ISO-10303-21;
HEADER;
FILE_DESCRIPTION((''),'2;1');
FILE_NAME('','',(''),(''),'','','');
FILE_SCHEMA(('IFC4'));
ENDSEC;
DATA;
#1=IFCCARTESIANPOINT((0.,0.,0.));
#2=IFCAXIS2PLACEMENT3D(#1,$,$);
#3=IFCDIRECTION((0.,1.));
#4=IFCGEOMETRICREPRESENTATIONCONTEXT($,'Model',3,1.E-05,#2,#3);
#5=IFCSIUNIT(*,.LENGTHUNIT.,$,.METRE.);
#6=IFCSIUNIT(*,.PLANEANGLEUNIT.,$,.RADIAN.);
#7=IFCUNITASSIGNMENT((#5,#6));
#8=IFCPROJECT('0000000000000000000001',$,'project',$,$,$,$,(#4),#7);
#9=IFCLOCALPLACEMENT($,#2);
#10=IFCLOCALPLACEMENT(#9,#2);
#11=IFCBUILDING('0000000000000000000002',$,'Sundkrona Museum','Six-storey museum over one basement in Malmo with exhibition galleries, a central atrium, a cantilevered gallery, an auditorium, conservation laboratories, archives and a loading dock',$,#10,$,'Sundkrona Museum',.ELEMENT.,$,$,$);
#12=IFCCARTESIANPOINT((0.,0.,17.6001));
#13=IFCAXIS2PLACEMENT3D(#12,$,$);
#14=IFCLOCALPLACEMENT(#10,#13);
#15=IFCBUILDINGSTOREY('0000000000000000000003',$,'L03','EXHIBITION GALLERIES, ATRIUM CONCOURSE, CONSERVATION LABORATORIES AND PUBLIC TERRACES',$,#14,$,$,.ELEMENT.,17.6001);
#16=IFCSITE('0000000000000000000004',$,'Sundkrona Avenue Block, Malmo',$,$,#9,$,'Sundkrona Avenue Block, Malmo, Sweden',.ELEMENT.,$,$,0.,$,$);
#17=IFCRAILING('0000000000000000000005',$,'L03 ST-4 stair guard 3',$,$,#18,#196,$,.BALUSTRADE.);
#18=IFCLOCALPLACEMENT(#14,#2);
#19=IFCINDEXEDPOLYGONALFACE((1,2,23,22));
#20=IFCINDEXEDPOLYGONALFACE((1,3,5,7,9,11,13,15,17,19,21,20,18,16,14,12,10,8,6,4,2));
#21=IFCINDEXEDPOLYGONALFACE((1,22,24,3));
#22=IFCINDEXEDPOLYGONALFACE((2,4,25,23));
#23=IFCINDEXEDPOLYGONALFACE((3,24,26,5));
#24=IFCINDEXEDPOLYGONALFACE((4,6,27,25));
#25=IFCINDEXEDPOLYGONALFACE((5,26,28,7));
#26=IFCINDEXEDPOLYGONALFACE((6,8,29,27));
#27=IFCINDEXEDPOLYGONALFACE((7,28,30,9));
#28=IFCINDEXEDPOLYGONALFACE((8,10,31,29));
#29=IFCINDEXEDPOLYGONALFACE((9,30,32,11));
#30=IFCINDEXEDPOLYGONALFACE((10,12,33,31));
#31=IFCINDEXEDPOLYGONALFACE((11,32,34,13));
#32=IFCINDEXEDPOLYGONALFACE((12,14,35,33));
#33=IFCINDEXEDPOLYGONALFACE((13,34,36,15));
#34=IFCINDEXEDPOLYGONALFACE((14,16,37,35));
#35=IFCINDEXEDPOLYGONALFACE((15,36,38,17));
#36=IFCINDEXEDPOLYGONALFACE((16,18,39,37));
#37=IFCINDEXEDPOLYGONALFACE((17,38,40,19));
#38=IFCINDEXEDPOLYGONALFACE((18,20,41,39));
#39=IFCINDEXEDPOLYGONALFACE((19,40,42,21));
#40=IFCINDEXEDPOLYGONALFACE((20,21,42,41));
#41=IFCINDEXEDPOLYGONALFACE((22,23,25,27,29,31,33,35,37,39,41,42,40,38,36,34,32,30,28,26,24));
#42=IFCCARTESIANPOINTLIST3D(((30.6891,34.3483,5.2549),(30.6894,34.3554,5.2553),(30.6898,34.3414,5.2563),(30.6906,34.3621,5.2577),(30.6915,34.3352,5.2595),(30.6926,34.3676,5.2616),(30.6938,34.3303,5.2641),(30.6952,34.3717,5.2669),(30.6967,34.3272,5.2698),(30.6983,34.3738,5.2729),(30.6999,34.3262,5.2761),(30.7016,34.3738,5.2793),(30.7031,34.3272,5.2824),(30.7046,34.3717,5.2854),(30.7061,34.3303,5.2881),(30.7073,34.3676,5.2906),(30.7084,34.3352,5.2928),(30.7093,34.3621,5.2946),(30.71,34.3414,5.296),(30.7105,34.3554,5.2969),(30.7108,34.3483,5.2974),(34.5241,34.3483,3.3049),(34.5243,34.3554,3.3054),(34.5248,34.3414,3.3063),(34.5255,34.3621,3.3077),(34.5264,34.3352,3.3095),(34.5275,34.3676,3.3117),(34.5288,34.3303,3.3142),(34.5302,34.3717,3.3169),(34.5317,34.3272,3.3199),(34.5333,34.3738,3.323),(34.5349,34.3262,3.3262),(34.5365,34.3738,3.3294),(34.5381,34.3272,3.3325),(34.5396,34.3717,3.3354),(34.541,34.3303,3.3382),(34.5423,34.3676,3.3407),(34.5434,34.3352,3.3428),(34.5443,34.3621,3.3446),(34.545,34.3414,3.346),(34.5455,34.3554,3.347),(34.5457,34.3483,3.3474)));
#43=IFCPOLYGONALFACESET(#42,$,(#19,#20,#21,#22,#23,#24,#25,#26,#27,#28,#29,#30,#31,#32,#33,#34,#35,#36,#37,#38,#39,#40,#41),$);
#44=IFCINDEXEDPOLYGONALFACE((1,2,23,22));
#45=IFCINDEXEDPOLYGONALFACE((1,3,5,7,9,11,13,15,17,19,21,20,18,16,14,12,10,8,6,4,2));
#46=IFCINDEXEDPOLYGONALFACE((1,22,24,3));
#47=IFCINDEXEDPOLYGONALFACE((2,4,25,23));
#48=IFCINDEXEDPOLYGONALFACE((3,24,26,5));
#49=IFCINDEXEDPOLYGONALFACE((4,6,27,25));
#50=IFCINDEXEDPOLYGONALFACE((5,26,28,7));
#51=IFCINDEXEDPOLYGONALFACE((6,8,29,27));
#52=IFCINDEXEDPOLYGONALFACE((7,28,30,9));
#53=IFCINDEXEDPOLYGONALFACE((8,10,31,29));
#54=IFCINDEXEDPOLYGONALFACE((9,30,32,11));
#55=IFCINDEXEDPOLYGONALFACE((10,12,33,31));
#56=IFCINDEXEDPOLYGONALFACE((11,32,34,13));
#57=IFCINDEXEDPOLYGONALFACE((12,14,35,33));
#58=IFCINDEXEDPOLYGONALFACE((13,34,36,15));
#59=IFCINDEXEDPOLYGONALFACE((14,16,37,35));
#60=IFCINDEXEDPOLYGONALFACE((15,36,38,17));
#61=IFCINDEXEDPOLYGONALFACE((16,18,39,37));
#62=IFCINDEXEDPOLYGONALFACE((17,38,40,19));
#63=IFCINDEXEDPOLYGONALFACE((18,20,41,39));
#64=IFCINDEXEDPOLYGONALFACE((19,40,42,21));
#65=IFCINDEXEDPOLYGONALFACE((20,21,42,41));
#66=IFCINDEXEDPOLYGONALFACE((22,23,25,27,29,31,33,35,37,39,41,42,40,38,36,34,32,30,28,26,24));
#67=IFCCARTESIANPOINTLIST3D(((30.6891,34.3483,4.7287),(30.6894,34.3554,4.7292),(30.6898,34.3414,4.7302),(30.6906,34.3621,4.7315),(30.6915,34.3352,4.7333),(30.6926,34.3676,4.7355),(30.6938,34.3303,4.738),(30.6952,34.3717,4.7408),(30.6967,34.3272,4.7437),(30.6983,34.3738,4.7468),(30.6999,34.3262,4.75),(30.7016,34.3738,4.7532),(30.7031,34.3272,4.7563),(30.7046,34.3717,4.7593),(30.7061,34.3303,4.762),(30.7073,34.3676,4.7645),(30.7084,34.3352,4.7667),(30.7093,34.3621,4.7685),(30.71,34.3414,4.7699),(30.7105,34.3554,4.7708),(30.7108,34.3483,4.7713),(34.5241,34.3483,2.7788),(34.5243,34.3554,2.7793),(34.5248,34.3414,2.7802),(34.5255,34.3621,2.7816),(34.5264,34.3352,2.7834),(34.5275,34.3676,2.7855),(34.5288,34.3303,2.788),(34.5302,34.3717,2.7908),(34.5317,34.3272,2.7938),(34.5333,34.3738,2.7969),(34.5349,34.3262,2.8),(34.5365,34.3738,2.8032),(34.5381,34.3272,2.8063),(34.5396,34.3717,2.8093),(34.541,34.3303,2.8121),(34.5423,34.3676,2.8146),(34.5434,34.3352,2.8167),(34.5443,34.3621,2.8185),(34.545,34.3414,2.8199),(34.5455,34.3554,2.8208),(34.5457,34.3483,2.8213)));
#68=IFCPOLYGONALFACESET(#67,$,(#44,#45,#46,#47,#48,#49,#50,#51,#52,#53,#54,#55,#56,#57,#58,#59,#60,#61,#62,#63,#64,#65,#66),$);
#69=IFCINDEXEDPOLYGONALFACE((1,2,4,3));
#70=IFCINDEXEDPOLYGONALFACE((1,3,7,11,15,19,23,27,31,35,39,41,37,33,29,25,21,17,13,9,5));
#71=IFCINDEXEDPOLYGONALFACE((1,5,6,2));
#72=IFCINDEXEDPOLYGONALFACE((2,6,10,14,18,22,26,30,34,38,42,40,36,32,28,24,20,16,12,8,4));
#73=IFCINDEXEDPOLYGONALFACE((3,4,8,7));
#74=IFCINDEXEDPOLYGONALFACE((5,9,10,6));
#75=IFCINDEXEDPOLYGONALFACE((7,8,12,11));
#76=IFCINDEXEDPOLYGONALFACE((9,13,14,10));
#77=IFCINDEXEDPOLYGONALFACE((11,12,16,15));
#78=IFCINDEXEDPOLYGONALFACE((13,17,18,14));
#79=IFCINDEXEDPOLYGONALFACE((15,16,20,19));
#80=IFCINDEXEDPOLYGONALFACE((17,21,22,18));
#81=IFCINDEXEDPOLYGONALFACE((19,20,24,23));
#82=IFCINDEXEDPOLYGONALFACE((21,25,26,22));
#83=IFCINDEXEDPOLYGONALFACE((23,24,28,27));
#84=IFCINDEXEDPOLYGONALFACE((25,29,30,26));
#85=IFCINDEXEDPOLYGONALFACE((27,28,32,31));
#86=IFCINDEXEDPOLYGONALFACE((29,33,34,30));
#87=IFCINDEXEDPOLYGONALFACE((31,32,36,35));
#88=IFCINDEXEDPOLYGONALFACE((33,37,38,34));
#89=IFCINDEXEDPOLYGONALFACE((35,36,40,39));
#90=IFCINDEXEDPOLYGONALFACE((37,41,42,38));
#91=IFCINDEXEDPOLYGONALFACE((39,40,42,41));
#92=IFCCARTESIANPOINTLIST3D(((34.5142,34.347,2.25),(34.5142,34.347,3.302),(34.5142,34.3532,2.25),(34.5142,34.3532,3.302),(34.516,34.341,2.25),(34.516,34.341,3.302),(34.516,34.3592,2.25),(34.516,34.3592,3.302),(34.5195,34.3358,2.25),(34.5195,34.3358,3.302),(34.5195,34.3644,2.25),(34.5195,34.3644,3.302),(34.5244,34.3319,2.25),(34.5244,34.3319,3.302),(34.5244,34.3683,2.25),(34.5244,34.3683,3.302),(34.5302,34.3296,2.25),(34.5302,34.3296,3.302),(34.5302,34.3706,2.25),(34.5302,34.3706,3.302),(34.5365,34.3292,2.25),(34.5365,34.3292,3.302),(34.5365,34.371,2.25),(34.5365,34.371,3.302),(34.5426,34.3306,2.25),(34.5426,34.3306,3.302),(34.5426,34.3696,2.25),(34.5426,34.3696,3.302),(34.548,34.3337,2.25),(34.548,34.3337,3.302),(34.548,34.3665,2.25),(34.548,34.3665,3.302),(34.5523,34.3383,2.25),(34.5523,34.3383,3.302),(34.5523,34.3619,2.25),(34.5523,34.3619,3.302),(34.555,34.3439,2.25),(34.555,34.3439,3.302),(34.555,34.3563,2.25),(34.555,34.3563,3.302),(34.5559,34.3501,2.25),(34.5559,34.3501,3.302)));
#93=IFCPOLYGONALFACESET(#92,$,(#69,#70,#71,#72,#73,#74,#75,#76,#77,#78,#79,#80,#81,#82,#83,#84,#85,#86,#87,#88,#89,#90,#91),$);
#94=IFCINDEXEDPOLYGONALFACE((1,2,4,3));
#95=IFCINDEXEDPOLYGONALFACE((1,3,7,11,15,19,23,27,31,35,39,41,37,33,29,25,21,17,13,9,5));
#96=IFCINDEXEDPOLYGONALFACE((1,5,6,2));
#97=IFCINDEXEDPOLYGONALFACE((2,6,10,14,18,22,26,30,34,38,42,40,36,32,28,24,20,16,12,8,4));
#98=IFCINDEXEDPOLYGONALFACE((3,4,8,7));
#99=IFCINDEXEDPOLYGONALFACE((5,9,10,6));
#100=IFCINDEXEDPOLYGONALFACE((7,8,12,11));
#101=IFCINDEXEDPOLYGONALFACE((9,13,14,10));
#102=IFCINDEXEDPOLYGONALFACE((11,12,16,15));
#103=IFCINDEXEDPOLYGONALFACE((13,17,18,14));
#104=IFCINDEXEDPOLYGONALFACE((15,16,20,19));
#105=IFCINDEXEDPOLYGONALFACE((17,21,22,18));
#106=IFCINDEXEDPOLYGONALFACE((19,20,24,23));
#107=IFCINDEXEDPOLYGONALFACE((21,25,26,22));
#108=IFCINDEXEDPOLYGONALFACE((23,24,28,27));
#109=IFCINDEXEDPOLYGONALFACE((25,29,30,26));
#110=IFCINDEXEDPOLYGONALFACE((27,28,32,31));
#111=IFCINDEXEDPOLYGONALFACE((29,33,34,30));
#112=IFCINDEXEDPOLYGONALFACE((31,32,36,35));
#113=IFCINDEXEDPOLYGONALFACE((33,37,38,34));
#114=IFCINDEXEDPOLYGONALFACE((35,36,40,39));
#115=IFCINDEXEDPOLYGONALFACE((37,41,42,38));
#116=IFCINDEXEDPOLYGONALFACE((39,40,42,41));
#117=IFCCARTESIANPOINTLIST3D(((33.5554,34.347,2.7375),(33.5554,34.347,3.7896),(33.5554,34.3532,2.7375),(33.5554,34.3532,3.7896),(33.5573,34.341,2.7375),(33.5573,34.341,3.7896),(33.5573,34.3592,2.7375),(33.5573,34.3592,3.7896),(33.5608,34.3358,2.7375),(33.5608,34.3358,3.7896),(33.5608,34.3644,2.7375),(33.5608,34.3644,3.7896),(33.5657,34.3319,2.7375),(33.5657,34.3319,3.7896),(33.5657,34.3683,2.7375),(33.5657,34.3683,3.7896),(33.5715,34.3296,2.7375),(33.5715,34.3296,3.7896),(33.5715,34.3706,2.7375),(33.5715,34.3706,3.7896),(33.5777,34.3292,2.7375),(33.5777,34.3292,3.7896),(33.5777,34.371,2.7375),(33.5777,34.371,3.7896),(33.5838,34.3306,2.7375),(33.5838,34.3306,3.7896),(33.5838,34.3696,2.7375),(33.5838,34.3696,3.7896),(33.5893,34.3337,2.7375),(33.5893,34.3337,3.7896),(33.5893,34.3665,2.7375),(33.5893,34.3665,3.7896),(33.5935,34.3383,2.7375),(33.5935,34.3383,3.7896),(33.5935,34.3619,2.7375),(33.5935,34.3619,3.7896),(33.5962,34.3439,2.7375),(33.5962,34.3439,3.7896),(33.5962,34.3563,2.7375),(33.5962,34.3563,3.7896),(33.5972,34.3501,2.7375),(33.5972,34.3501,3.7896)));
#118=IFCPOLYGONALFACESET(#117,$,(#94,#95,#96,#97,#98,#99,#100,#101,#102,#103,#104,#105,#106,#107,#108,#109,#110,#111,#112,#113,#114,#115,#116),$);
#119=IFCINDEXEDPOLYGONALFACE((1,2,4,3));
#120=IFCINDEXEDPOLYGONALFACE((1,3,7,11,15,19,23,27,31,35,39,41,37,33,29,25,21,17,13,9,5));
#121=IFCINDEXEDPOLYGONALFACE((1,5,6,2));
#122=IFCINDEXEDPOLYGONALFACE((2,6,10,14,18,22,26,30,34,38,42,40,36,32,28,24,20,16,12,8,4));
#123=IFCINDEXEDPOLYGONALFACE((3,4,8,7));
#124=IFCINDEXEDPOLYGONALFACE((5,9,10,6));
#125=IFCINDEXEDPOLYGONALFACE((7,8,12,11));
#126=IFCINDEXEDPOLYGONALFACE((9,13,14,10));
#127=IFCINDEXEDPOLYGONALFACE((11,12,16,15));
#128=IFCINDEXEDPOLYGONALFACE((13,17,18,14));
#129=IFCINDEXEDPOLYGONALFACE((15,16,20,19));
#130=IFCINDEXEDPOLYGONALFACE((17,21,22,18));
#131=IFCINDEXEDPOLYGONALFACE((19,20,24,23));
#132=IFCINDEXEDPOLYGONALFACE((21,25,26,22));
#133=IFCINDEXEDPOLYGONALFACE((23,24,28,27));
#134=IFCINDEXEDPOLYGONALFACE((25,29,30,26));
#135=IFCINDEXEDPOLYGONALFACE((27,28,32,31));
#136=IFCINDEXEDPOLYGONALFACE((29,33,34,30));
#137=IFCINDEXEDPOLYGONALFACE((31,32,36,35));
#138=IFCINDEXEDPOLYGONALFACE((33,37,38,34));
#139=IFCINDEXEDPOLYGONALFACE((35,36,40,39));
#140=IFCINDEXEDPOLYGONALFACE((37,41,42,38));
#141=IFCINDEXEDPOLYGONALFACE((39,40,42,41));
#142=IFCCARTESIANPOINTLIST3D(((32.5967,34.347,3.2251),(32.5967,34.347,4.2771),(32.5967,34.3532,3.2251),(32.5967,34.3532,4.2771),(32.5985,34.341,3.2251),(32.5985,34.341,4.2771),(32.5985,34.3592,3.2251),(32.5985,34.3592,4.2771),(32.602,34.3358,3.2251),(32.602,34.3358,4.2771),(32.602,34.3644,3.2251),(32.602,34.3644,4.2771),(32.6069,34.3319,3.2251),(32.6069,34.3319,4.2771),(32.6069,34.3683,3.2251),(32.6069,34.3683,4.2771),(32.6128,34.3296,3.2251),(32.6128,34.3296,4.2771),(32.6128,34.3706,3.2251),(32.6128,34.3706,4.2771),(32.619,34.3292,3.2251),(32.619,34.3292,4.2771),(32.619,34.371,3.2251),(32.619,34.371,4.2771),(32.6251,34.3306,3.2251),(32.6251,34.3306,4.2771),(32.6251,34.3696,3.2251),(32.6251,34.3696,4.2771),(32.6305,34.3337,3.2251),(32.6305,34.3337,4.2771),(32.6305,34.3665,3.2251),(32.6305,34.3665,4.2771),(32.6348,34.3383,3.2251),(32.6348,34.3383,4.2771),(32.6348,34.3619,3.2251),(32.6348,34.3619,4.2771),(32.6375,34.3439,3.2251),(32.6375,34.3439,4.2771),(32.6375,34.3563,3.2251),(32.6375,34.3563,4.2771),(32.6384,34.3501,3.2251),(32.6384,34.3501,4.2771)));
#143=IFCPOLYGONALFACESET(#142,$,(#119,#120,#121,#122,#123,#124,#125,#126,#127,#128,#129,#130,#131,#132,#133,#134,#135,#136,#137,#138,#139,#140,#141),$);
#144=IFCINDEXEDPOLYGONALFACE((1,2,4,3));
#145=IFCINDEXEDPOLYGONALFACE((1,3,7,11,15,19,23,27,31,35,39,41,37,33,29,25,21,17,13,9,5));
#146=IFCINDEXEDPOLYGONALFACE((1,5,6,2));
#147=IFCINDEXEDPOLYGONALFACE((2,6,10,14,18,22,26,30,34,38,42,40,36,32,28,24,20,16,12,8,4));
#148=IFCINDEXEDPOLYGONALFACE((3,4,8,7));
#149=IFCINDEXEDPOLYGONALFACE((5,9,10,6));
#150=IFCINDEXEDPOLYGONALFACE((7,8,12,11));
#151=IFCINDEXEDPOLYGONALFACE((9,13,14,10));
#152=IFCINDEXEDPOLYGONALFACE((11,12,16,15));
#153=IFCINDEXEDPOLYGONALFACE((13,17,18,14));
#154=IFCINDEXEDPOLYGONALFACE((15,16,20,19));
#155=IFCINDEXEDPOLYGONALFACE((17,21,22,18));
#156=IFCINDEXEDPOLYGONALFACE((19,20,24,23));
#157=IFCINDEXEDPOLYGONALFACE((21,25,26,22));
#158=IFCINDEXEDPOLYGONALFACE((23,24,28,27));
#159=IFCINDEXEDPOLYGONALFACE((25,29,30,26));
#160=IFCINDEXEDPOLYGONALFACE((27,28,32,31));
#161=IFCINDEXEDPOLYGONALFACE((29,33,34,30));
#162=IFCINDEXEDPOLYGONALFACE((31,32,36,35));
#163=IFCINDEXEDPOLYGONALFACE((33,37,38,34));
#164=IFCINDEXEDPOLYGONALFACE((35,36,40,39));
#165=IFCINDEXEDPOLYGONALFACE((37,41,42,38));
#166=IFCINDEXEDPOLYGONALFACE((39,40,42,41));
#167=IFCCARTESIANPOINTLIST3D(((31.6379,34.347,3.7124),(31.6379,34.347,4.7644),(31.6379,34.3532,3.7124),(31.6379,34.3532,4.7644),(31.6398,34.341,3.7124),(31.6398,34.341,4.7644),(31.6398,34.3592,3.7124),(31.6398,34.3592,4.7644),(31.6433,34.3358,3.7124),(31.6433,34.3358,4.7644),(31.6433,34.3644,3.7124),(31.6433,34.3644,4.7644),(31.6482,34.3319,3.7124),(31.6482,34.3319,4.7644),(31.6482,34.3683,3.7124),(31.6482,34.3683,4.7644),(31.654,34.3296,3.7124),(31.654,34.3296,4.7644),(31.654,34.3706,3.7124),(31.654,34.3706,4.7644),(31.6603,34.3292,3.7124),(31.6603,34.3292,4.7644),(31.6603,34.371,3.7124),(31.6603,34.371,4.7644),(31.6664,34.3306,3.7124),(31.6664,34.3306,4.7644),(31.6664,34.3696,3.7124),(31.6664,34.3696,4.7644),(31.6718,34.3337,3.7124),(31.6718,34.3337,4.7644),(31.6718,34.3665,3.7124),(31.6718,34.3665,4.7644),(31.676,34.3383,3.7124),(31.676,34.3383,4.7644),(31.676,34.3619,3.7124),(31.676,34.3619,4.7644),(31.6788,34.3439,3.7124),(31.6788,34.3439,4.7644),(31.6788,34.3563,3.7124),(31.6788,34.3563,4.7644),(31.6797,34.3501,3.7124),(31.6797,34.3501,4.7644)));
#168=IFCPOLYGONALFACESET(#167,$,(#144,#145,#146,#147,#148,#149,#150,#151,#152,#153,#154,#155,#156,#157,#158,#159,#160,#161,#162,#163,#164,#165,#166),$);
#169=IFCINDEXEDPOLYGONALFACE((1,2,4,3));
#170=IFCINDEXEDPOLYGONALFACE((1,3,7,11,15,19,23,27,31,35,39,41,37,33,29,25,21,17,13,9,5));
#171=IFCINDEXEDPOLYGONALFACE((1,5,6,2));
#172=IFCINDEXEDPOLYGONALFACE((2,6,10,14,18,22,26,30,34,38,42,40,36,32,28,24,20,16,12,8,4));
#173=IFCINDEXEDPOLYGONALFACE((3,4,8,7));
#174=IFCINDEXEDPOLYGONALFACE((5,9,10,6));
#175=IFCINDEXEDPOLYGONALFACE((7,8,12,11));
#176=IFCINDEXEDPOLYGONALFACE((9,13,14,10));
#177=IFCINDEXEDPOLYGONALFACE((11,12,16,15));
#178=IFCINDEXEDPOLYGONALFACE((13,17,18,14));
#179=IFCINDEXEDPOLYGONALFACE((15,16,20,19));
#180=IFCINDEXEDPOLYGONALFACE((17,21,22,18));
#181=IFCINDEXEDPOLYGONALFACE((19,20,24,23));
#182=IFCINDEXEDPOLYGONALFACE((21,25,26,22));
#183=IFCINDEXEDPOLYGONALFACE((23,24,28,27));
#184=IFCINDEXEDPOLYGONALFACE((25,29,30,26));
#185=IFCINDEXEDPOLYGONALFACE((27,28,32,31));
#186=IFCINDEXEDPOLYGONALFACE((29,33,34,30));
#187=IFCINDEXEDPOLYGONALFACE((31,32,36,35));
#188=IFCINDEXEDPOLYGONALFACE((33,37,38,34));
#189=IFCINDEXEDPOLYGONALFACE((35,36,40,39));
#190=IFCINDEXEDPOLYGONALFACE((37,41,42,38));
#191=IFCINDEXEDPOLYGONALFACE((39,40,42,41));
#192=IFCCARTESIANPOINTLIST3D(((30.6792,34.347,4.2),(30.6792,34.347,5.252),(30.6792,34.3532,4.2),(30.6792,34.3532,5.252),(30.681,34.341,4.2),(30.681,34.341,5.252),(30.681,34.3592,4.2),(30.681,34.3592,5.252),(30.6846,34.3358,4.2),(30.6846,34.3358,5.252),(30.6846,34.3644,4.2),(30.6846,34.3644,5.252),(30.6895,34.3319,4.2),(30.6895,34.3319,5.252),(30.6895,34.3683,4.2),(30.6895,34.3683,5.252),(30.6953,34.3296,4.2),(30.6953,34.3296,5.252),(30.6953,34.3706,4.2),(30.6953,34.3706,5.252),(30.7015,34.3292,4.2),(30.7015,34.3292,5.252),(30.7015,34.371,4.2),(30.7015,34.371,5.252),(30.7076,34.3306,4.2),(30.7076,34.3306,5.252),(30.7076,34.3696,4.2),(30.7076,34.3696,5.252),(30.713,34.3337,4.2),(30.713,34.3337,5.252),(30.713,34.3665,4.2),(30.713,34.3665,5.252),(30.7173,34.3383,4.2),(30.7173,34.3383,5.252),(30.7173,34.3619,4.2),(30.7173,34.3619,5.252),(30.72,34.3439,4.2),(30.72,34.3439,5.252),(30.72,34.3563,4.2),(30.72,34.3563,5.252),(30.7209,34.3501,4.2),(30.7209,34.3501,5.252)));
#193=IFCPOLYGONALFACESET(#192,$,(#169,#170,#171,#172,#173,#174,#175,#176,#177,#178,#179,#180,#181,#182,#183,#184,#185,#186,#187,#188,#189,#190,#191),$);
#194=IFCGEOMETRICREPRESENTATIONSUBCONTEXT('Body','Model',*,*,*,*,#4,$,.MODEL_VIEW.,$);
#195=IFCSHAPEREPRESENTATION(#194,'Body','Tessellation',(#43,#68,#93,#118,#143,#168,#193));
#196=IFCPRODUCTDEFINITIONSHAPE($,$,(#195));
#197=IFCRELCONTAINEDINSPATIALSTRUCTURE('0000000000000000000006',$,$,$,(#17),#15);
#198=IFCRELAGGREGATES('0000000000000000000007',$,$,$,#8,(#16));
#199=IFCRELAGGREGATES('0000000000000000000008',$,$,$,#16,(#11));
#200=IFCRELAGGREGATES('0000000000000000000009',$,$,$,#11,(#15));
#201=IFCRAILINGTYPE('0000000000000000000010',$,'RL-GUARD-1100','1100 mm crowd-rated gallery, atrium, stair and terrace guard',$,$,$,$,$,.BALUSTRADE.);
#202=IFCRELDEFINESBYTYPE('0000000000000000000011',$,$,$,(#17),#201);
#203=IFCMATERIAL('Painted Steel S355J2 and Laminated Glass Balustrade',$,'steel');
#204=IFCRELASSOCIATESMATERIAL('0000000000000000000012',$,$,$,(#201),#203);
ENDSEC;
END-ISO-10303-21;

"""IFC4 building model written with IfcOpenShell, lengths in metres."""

from ifc_helpers import new_model, si_unit, direction, frame, origin, origin_2d, place, context, subcontext, project, spatial, circle, extrude, material, type_object, element, save


model = new_model("IFC4")

# Units and contexts
model_context = context("Model", 3, precision=1e-05, world=origin(), true_north=direction((0.0, 1.0)))
body_context = subcontext(model_context, "Body", "Model", "MODEL_VIEW")
ifc_project = project(units=[si_unit("LENGTHUNIT", "METRE"), si_unit("PLANEANGLEUNIT", "RADIAN")], contexts=[model_context])

# Site, building, storey
site_placement = place(None, origin())
site = spatial("IfcSite", under=ifc_project, at=site_placement, Name="Sundkrona Avenue Block, Malmo", LongName="Sundkrona Avenue Block, Malmo, Sweden", CompositionType="ELEMENT", RefElevation=0.0)
building_placement = place(site_placement, origin())
building = spatial("IfcBuilding", under=site, at=building_placement, Name="Sundkrona Museum", Description="Six-storey museum over one basement in Malmo with exhibition galleries, a central atrium, a cantilevered gallery, an auditorium, conservation laboratories, archives and a loading dock", LongName="Sundkrona Museum", CompositionType="ELEMENT")
storey_placement = place(building_placement, frame((0.0, 0.0, 17.6001)))
storey = spatial("IfcBuildingStorey", under=building, at=storey_placement, Name="L03", Description="EXHIBITION GALLERIES, ATRIUM CONCOURSE, CONSERVATION LABORATORIES AND PUBLIC TERRACES", CompositionType="ELEMENT", Elevation=17.6001)

# Railing
ifc_material_1 = material(Name="Painted Steel S355J2 and Laminated Glass Balustrade", Category="steel")
railing_type_1 = type_object("IfcRailingType", Name="RL-GUARD-1100", Description="1100 mm crowd-rated gallery, atrium, stair and terrace guard", PredefinedType="BALUSTRADE", material=ifc_material_1)
railing_1_placement = place(storey_placement, frame((34.5349, 34.3501, 2.25)))
element("IfcRailing", 1, at=railing_1_placement, inside=storey, type_object=railing_type_1, Name="L03 ST-4 stair guard 3", PredefinedType="BALUSTRADE", context=body_context, shape_type="SweptSolid", body=[
    extrude(circle(Radius=0.0239, at=origin_2d()), frame((0.0, 0.0, 1.0762), z_axis=(-0.891388, 0.0, 0.453241), x_axis=(0.0, -1.0, 0.0)), (0.0, 0.0, 1.0), 4.3022),
    extrude(circle(Radius=0.0239, at=origin_2d()), frame((0.0, 0.0, 0.55), z_axis=(-0.891388, 0.0, 0.453241), x_axis=(0.0, -1.0, 0.0)), (0.0, 0.0, 1.0), 4.3022),
    extrude(circle(Radius=0.021, at=origin_2d()), origin(), (0.0, 0.0, 1.0), 1.052),
    extrude(circle(Radius=0.021, at=origin_2d()), frame((-0.9587, 0.0, 0.4875)), (0.0, 0.0, 1.0), 1.052),
    extrude(circle(Radius=0.021, at=origin_2d()), frame((-1.9175, 0.0, 0.9751)), (0.0, 0.0, 1.0), 1.052),
    extrude(circle(Radius=0.021, at=origin_2d()), frame((-2.8762, 0.0, 1.4624)), (0.0, 0.0, 1.0), 1.052),
    extrude(circle(Radius=0.021, at=origin_2d()), frame((-3.835, 0.0, 1.95)), (0.0, 0.0, 1.0), 1.052),
])

save(model, "model.ifc")
